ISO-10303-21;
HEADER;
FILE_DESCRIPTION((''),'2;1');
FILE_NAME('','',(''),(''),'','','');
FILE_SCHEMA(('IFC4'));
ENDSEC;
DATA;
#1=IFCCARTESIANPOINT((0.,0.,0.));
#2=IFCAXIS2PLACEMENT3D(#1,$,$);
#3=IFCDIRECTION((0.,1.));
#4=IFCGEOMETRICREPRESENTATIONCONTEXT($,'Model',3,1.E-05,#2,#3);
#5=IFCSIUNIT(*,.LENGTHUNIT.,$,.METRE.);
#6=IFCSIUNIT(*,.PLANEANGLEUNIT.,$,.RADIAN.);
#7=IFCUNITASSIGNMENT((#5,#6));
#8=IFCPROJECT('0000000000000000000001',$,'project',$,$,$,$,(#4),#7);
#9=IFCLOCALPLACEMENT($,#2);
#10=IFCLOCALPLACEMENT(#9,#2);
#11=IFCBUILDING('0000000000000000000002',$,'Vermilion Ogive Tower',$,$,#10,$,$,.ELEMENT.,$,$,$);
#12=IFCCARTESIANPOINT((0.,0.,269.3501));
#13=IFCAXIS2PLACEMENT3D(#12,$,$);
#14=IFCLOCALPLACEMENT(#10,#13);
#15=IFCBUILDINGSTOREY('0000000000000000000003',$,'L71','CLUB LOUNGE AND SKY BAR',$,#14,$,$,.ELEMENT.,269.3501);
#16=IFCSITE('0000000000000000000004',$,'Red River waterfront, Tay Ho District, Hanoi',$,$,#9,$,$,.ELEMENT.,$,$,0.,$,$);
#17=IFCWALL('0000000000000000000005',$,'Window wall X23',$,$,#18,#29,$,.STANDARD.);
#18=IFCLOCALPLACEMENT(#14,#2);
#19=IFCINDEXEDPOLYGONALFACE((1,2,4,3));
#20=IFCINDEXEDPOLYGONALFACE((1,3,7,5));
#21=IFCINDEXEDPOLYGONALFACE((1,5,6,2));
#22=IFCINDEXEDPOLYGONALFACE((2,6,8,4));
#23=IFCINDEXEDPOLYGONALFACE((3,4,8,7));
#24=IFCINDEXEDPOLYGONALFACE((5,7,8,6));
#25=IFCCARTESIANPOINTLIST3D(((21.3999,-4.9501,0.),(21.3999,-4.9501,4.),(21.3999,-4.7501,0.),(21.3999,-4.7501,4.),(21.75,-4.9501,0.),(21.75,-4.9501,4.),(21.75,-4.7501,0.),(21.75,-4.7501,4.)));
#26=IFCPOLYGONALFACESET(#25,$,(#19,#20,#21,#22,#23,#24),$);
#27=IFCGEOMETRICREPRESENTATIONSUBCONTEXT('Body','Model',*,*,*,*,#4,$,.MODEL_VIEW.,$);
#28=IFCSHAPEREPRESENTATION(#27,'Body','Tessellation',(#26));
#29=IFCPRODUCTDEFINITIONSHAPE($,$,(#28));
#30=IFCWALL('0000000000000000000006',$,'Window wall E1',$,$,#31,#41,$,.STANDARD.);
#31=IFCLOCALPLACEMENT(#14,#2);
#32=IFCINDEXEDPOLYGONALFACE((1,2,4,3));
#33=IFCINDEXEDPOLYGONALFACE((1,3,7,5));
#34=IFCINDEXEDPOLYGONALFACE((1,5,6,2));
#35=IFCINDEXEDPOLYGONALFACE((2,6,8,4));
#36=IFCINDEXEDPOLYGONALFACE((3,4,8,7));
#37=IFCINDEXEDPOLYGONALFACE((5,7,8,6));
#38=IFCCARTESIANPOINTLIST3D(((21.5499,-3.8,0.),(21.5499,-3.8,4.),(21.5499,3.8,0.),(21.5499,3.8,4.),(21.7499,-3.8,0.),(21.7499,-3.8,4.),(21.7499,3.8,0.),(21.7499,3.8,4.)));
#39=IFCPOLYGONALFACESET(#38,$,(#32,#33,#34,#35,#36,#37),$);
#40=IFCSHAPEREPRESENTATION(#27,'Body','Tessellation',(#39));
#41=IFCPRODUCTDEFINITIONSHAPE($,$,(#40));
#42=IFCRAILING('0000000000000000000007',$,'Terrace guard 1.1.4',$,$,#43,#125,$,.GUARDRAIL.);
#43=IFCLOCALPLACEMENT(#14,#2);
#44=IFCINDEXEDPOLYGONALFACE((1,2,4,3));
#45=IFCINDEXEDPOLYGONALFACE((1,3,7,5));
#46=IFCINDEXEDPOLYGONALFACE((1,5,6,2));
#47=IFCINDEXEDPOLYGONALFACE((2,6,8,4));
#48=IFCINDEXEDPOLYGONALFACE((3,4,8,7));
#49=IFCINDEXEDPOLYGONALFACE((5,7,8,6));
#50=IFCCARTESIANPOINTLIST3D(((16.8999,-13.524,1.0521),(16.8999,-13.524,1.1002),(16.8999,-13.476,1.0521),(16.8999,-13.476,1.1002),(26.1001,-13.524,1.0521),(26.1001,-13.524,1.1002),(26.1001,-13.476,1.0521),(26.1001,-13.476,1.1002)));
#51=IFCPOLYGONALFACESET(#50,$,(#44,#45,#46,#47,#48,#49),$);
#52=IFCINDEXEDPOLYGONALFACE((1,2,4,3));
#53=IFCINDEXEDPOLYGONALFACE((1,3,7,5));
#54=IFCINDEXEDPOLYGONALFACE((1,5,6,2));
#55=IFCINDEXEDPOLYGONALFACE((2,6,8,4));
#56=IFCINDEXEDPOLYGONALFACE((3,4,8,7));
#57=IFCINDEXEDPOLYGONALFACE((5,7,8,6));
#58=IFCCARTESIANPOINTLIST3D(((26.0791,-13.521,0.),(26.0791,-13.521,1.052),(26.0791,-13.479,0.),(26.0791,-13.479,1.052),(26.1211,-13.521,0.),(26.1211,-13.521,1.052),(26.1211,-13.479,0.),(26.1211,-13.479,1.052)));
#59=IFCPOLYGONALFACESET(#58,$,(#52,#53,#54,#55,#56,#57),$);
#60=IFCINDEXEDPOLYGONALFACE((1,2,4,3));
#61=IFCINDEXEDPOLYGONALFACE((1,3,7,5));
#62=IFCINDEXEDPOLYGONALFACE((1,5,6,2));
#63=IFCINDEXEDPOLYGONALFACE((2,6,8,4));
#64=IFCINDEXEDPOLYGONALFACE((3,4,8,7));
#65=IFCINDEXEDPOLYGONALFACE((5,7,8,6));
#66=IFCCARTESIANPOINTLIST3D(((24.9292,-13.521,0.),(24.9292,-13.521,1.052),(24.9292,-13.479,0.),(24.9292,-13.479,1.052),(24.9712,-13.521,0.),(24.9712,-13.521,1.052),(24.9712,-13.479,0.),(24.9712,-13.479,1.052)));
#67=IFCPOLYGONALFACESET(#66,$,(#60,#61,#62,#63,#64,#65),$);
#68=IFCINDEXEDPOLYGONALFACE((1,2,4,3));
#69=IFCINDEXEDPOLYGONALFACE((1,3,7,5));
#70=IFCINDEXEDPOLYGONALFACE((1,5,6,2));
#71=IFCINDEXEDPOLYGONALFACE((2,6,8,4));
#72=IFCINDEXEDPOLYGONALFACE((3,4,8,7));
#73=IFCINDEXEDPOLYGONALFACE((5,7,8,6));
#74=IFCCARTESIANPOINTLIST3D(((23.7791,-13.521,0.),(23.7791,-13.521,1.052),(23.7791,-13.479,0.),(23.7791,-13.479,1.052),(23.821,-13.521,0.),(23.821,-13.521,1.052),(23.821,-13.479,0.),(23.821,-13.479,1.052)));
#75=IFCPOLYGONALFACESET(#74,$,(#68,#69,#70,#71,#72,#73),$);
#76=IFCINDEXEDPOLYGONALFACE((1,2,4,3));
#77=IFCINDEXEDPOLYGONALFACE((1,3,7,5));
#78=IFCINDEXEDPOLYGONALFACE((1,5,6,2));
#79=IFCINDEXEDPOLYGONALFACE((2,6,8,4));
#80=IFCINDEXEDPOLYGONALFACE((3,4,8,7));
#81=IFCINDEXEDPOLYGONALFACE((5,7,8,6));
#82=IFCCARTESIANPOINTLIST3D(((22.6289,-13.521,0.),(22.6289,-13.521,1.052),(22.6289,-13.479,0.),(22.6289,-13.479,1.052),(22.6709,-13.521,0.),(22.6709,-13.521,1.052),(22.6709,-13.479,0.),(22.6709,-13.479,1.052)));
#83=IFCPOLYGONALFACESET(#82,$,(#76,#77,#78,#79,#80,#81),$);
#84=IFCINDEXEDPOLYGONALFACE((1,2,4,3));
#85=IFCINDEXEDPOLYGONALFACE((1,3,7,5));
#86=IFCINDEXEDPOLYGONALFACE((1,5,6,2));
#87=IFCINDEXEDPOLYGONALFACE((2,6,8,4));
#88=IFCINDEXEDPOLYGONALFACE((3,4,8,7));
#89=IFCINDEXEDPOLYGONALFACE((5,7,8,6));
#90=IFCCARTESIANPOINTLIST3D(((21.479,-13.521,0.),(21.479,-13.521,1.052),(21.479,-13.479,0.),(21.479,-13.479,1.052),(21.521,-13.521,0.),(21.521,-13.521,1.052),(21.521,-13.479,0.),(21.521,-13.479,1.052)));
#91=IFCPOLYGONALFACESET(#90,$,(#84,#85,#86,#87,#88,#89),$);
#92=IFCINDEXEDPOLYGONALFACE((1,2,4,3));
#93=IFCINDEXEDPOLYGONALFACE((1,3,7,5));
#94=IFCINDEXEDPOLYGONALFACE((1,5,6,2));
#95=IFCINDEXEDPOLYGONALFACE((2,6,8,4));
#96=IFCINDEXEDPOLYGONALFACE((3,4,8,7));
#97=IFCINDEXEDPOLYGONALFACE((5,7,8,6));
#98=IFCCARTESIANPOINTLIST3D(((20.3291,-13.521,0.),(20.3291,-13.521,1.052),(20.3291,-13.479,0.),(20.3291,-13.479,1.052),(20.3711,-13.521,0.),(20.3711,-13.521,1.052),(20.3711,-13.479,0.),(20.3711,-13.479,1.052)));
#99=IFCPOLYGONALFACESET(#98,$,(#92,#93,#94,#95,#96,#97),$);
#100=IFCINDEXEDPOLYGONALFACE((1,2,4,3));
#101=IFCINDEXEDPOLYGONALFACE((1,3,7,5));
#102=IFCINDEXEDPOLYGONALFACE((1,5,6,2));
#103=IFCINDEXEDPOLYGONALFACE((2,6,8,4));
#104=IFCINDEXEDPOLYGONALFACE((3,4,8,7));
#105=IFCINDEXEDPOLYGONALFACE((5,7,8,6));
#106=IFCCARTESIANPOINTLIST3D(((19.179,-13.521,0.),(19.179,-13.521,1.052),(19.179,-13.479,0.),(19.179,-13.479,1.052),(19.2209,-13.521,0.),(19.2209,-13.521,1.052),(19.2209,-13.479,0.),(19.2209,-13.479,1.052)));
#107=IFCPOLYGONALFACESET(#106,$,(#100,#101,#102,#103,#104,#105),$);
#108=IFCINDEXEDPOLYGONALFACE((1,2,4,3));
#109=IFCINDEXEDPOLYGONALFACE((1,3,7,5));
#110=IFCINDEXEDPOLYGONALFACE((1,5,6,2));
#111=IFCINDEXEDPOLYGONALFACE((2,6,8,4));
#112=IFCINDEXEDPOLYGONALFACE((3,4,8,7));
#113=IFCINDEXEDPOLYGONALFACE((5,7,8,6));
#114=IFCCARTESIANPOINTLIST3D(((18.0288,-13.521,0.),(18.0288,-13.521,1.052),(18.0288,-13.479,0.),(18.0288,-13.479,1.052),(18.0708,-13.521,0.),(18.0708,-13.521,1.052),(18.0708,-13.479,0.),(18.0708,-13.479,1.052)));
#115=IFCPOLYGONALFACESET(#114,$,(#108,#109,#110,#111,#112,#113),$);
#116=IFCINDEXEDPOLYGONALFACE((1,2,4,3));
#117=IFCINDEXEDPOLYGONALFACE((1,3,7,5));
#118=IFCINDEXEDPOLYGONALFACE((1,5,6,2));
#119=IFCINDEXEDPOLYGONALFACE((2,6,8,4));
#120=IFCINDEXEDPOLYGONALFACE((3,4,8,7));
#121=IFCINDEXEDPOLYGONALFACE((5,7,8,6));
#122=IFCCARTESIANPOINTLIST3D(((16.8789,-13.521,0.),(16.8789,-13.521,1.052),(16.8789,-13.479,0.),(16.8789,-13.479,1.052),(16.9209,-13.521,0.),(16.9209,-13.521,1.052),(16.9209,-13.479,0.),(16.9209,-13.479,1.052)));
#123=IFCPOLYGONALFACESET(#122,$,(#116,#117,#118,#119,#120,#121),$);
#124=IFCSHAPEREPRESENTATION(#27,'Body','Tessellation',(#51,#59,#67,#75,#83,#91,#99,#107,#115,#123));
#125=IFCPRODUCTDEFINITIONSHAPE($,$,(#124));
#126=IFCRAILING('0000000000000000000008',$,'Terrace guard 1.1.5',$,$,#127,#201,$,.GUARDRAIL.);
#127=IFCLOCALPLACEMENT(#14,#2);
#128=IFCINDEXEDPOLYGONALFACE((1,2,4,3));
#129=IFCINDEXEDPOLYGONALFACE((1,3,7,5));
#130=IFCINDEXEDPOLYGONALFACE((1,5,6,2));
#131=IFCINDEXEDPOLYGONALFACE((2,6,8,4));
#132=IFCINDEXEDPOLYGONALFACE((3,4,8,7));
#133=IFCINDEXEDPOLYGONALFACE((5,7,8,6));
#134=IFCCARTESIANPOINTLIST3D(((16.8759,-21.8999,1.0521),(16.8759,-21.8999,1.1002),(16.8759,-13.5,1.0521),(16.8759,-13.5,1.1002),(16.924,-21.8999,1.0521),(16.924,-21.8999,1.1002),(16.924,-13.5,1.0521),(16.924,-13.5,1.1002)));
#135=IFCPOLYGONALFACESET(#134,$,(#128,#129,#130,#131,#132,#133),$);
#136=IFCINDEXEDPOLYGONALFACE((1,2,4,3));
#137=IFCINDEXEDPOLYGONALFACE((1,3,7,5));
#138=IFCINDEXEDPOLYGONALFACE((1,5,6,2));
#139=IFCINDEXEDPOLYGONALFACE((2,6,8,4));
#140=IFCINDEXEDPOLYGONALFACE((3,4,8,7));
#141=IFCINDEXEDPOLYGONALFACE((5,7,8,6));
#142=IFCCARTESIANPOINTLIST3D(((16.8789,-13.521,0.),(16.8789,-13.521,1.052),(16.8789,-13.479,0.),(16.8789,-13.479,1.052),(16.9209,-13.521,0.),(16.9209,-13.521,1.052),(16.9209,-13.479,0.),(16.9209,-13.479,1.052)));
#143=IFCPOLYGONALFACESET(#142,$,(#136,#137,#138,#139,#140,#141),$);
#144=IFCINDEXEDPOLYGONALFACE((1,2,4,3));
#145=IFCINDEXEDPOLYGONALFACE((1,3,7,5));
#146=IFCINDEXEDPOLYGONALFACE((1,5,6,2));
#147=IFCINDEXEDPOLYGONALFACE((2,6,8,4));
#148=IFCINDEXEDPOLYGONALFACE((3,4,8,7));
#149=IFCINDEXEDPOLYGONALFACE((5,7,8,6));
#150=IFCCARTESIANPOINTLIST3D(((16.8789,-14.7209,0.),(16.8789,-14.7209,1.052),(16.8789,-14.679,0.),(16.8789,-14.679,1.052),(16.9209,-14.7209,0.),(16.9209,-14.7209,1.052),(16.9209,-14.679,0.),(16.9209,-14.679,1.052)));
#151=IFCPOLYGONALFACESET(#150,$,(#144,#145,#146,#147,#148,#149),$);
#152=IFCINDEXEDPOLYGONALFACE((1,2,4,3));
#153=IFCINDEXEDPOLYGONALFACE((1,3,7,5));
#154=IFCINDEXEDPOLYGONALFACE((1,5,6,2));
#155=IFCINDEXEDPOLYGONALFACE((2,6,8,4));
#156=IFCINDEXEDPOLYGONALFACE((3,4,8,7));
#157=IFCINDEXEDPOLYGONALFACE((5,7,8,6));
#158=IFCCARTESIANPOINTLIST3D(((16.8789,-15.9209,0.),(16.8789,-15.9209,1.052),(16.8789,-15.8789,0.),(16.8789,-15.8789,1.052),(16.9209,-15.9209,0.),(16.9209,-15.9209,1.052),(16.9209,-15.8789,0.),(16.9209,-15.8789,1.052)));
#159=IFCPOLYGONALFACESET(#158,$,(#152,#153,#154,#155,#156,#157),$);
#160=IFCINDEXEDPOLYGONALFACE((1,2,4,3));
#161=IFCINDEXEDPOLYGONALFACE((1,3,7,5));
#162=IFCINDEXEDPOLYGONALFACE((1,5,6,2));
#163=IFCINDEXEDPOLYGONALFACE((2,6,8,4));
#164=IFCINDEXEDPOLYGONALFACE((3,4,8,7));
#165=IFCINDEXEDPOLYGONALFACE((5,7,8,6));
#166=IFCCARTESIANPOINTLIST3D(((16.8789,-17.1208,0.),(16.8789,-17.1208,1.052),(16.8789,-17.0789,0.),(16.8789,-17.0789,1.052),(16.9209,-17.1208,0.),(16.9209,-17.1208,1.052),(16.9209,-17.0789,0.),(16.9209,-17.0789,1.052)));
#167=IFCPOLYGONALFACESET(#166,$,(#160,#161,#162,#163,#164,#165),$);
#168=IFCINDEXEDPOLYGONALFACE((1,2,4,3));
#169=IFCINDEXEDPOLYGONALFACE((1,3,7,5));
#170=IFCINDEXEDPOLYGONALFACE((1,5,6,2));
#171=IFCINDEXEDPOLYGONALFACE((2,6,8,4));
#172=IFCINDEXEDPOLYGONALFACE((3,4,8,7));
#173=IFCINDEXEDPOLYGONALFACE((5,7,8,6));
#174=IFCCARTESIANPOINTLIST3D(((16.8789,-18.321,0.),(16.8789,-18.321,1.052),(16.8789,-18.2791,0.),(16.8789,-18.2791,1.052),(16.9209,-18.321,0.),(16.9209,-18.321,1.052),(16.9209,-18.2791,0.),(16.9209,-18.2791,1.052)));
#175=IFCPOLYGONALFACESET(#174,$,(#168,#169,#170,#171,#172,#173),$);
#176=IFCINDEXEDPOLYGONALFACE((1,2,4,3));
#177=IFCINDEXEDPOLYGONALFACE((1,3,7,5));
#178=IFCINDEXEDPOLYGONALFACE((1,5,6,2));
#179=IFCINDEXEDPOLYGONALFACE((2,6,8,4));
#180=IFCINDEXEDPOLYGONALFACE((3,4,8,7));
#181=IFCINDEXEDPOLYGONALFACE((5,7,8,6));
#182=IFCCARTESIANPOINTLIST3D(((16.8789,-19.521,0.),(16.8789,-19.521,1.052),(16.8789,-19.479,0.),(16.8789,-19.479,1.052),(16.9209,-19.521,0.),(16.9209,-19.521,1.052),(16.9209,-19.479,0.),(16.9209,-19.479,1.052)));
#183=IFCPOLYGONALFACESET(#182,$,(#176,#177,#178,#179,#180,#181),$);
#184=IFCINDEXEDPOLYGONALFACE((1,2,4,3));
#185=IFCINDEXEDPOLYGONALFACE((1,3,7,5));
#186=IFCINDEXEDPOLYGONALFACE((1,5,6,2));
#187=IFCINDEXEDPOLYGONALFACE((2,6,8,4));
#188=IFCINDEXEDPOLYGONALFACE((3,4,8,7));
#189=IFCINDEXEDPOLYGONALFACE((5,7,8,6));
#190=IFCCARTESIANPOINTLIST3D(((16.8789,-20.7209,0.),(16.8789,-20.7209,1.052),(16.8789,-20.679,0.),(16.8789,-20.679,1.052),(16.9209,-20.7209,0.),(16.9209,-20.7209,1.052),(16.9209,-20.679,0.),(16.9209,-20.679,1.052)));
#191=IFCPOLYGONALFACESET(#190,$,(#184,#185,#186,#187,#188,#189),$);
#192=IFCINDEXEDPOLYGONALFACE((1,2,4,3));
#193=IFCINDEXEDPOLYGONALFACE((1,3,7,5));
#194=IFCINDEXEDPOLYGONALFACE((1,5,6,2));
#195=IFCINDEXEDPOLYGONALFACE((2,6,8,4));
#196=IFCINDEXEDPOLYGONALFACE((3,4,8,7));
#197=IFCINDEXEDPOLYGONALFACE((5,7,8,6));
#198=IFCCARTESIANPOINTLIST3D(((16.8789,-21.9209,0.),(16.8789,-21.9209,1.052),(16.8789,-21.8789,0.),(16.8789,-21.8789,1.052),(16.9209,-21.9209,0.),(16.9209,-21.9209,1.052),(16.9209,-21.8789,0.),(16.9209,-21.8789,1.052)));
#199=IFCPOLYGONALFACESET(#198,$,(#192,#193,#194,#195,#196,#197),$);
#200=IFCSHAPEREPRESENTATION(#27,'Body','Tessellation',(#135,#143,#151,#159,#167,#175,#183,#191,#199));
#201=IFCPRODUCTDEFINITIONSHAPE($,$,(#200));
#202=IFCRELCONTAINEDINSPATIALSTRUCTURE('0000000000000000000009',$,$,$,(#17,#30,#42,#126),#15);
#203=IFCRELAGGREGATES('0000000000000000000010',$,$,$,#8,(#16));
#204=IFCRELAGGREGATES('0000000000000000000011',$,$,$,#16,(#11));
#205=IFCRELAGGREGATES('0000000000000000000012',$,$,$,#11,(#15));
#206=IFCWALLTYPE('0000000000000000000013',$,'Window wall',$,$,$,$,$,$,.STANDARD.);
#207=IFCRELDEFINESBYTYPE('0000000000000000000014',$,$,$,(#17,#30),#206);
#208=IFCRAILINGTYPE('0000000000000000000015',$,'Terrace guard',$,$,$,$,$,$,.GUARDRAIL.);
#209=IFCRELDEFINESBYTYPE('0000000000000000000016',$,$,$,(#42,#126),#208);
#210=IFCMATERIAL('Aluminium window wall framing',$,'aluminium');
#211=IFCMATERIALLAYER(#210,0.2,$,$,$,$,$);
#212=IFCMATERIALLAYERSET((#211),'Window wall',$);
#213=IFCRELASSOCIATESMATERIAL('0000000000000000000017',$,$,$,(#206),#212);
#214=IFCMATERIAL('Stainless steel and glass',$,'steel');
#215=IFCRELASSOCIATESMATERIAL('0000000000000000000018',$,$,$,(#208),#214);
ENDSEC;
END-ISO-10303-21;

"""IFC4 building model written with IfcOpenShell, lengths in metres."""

from ifc_helpers import new_model, si_unit, direction, frame, frame_2d, origin, origin_2d, place, context, subcontext, project, spatial, rectangle, extrude, material, layer, layer_set, type_object, element, save


model = new_model("IFC4")

# Units and contexts
model_context = context("Model", 3, precision=1e-05, world=origin(), true_north=direction((0.0, 1.0)))
body_context = subcontext(model_context, "Body", "Model", "MODEL_VIEW")
ifc_project = project(units=[si_unit("LENGTHUNIT", "METRE"), si_unit("PLANEANGLEUNIT", "RADIAN")], contexts=[model_context])

# Site, building, storey
site_placement = place(None, origin())
site = spatial("IfcSite", under=ifc_project, at=site_placement, Name="Red River waterfront, Tay Ho District, Hanoi", CompositionType="ELEMENT", RefElevation=0.0)
building_placement = place(site_placement, origin())
building = spatial("IfcBuilding", under=site, at=building_placement, Name="Vermilion Ogive Tower", CompositionType="ELEMENT")
storey_placement = place(building_placement, frame((0.0, 0.0, 269.3501)))
storey = spatial("IfcBuildingStorey", under=building, at=storey_placement, Name="L71", Description="CLUB LOUNGE AND SKY BAR", CompositionType="ELEMENT", Elevation=269.3501)

# Shared definitions
ifc_material_1 = material(Name="Aluminium window wall framing", Category="aluminium")
ifc_layer_1 = layer(ifc_material_1, 0.2)
ifc_layer_set_1 = layer_set([ifc_layer_1], Name="Window wall")
wall_type_1 = type_object("IfcWallType", Name="Window wall", PredefinedType="STANDARD", material=ifc_layer_set_1)

# Walls
wall_1_placement = place(storey_placement, frame((21.3999, -4.8501, 0.0), z_axis=(0.0, 0.0, 1.0), x_axis=(1.0, 0.0, 0.0)))
element("IfcWall", 1, at=wall_1_placement, inside=storey, type_object=wall_type_1, Name="Window wall X23", PredefinedType="STANDARD", context=body_context, shape_type="SweptSolid", body=[
    extrude(rectangle(XDim=0.3501, YDim=0.2, at=frame_2d((0.175, 0.0))), origin(), (0.0, 0.0, 1.0), 4.0),
])
wall_2_placement = place(storey_placement, frame((21.6499, -3.8, 0.0), z_axis=(0.0, 0.0, 1.0), x_axis=(0.0, 1.0, 0.0)))
element("IfcWall", 2, at=wall_2_placement, inside=storey, type_object=wall_type_1, Name="Window wall E1", PredefinedType="STANDARD", context=body_context, shape_type="SweptSolid", body=[
    extrude(rectangle(XDim=7.6001, YDim=0.2, at=frame_2d((3.8, 0.0))), origin(), (0.0, 0.0, 1.0), 4.0),
])

# Railings
ifc_material_2 = material(Name="Stainless steel and glass", Category="steel")
railing_type = type_object("IfcRailingType", Name="Terrace guard", PredefinedType="GUARDRAIL", material=ifc_material_2)
railing_1_placement = place(storey_placement, frame((26.1001, -13.5, 0.0)))
element("IfcRailing", 3, at=railing_1_placement, inside=storey, type_object=railing_type, Name="Terrace guard 1.1.4", PredefinedType="GUARDRAIL", context=body_context, shape_type="SweptSolid", body=[
    extrude(rectangle(XDim=0.0481, YDim=0.0481, at=origin_2d()), frame((0.0, 0.0, 1.0762), z_axis=(-1.0, 0.0, 0.0), x_axis=(0.0, -1.0, 0.0)), (0.0, 0.0, 1.0), 9.2002),
    extrude(rectangle(XDim=0.042, YDim=0.042, at=origin_2d()), origin(), (0.0, 0.0, 1.0), 1.052),
    extrude(rectangle(XDim=0.042, YDim=0.042, at=origin_2d()), frame((-1.1499, 0.0, 0.0)), (0.0, 0.0, 1.0), 1.052),
    extrude(rectangle(XDim=0.042, YDim=0.042, at=origin_2d()), frame((-2.3, 0.0, 0.0)), (0.0, 0.0, 1.0), 1.052),
    extrude(rectangle(XDim=0.042, YDim=0.042, at=origin_2d()), frame((-3.4502, 0.0, 0.0)), (0.0, 0.0, 1.0), 1.052),
    extrude(rectangle(XDim=0.042, YDim=0.042, at=origin_2d()), frame((-4.6001, 0.0, 0.0)), (0.0, 0.0, 1.0), 1.052),
    extrude(rectangle(XDim=0.042, YDim=0.042, at=origin_2d()), frame((-5.75, 0.0, 0.0)), (0.0, 0.0, 1.0), 1.052),
    extrude(rectangle(XDim=0.042, YDim=0.042, at=origin_2d()), frame((-6.9001, 0.0, 0.0)), (0.0, 0.0, 1.0), 1.052),
    extrude(rectangle(XDim=0.042, YDim=0.042, at=origin_2d()), frame((-8.0503, 0.0, 0.0)), (0.0, 0.0, 1.0), 1.052),
    extrude(rectangle(XDim=0.042, YDim=0.042, at=origin_2d()), frame((-9.2002, 0.0, 0.0)), (0.0, 0.0, 1.0), 1.052),
])
railing_2_placement = place(storey_placement, frame((16.8999, -13.5, 0.0)))
element("IfcRailing", 4, at=railing_2_placement, inside=storey, type_object=railing_type, Name="Terrace guard 1.1.5", PredefinedType="GUARDRAIL", context=body_context, shape_type="SweptSolid", body=[
    extrude(rectangle(XDim=0.0481, YDim=0.0481, at=origin_2d()), frame((0.0, 0.0, 1.0762), z_axis=(0.0, -1.0, 0.0), x_axis=(1.0, 0.0, 0.0)), (0.0, 0.0, 1.0), 8.3999),
    extrude(rectangle(XDim=0.042, YDim=0.042, at=origin_2d()), origin(), (0.0, 0.0, 1.0), 1.052),
    extrude(rectangle(XDim=0.042, YDim=0.042, at=origin_2d()), frame((0.0, -1.2, 0.0)), (0.0, 0.0, 1.0), 1.052),
    extrude(rectangle(XDim=0.042, YDim=0.042, at=origin_2d()), frame((0.0, -2.3999, 0.0)), (0.0, 0.0, 1.0), 1.052),
    extrude(rectangle(XDim=0.042, YDim=0.042, at=origin_2d()), frame((0.0, -3.5999, 0.0)), (0.0, 0.0, 1.0), 1.052),
    extrude(rectangle(XDim=0.042, YDim=0.042, at=origin_2d()), frame((0.0, -4.8, 0.0)), (0.0, 0.0, 1.0), 1.052),
    extrude(rectangle(XDim=0.042, YDim=0.042, at=origin_2d()), frame((0.0, -6.0, 0.0)), (0.0, 0.0, 1.0), 1.052),
    extrude(rectangle(XDim=0.042, YDim=0.042, at=origin_2d()), frame((0.0, -7.2, 0.0)), (0.0, 0.0, 1.0), 1.052),
    extrude(rectangle(XDim=0.042, YDim=0.042, at=origin_2d()), frame((0.0, -8.3999, 0.0)), (0.0, 0.0, 1.0), 1.052),
])

save(model, "model.ifc")
